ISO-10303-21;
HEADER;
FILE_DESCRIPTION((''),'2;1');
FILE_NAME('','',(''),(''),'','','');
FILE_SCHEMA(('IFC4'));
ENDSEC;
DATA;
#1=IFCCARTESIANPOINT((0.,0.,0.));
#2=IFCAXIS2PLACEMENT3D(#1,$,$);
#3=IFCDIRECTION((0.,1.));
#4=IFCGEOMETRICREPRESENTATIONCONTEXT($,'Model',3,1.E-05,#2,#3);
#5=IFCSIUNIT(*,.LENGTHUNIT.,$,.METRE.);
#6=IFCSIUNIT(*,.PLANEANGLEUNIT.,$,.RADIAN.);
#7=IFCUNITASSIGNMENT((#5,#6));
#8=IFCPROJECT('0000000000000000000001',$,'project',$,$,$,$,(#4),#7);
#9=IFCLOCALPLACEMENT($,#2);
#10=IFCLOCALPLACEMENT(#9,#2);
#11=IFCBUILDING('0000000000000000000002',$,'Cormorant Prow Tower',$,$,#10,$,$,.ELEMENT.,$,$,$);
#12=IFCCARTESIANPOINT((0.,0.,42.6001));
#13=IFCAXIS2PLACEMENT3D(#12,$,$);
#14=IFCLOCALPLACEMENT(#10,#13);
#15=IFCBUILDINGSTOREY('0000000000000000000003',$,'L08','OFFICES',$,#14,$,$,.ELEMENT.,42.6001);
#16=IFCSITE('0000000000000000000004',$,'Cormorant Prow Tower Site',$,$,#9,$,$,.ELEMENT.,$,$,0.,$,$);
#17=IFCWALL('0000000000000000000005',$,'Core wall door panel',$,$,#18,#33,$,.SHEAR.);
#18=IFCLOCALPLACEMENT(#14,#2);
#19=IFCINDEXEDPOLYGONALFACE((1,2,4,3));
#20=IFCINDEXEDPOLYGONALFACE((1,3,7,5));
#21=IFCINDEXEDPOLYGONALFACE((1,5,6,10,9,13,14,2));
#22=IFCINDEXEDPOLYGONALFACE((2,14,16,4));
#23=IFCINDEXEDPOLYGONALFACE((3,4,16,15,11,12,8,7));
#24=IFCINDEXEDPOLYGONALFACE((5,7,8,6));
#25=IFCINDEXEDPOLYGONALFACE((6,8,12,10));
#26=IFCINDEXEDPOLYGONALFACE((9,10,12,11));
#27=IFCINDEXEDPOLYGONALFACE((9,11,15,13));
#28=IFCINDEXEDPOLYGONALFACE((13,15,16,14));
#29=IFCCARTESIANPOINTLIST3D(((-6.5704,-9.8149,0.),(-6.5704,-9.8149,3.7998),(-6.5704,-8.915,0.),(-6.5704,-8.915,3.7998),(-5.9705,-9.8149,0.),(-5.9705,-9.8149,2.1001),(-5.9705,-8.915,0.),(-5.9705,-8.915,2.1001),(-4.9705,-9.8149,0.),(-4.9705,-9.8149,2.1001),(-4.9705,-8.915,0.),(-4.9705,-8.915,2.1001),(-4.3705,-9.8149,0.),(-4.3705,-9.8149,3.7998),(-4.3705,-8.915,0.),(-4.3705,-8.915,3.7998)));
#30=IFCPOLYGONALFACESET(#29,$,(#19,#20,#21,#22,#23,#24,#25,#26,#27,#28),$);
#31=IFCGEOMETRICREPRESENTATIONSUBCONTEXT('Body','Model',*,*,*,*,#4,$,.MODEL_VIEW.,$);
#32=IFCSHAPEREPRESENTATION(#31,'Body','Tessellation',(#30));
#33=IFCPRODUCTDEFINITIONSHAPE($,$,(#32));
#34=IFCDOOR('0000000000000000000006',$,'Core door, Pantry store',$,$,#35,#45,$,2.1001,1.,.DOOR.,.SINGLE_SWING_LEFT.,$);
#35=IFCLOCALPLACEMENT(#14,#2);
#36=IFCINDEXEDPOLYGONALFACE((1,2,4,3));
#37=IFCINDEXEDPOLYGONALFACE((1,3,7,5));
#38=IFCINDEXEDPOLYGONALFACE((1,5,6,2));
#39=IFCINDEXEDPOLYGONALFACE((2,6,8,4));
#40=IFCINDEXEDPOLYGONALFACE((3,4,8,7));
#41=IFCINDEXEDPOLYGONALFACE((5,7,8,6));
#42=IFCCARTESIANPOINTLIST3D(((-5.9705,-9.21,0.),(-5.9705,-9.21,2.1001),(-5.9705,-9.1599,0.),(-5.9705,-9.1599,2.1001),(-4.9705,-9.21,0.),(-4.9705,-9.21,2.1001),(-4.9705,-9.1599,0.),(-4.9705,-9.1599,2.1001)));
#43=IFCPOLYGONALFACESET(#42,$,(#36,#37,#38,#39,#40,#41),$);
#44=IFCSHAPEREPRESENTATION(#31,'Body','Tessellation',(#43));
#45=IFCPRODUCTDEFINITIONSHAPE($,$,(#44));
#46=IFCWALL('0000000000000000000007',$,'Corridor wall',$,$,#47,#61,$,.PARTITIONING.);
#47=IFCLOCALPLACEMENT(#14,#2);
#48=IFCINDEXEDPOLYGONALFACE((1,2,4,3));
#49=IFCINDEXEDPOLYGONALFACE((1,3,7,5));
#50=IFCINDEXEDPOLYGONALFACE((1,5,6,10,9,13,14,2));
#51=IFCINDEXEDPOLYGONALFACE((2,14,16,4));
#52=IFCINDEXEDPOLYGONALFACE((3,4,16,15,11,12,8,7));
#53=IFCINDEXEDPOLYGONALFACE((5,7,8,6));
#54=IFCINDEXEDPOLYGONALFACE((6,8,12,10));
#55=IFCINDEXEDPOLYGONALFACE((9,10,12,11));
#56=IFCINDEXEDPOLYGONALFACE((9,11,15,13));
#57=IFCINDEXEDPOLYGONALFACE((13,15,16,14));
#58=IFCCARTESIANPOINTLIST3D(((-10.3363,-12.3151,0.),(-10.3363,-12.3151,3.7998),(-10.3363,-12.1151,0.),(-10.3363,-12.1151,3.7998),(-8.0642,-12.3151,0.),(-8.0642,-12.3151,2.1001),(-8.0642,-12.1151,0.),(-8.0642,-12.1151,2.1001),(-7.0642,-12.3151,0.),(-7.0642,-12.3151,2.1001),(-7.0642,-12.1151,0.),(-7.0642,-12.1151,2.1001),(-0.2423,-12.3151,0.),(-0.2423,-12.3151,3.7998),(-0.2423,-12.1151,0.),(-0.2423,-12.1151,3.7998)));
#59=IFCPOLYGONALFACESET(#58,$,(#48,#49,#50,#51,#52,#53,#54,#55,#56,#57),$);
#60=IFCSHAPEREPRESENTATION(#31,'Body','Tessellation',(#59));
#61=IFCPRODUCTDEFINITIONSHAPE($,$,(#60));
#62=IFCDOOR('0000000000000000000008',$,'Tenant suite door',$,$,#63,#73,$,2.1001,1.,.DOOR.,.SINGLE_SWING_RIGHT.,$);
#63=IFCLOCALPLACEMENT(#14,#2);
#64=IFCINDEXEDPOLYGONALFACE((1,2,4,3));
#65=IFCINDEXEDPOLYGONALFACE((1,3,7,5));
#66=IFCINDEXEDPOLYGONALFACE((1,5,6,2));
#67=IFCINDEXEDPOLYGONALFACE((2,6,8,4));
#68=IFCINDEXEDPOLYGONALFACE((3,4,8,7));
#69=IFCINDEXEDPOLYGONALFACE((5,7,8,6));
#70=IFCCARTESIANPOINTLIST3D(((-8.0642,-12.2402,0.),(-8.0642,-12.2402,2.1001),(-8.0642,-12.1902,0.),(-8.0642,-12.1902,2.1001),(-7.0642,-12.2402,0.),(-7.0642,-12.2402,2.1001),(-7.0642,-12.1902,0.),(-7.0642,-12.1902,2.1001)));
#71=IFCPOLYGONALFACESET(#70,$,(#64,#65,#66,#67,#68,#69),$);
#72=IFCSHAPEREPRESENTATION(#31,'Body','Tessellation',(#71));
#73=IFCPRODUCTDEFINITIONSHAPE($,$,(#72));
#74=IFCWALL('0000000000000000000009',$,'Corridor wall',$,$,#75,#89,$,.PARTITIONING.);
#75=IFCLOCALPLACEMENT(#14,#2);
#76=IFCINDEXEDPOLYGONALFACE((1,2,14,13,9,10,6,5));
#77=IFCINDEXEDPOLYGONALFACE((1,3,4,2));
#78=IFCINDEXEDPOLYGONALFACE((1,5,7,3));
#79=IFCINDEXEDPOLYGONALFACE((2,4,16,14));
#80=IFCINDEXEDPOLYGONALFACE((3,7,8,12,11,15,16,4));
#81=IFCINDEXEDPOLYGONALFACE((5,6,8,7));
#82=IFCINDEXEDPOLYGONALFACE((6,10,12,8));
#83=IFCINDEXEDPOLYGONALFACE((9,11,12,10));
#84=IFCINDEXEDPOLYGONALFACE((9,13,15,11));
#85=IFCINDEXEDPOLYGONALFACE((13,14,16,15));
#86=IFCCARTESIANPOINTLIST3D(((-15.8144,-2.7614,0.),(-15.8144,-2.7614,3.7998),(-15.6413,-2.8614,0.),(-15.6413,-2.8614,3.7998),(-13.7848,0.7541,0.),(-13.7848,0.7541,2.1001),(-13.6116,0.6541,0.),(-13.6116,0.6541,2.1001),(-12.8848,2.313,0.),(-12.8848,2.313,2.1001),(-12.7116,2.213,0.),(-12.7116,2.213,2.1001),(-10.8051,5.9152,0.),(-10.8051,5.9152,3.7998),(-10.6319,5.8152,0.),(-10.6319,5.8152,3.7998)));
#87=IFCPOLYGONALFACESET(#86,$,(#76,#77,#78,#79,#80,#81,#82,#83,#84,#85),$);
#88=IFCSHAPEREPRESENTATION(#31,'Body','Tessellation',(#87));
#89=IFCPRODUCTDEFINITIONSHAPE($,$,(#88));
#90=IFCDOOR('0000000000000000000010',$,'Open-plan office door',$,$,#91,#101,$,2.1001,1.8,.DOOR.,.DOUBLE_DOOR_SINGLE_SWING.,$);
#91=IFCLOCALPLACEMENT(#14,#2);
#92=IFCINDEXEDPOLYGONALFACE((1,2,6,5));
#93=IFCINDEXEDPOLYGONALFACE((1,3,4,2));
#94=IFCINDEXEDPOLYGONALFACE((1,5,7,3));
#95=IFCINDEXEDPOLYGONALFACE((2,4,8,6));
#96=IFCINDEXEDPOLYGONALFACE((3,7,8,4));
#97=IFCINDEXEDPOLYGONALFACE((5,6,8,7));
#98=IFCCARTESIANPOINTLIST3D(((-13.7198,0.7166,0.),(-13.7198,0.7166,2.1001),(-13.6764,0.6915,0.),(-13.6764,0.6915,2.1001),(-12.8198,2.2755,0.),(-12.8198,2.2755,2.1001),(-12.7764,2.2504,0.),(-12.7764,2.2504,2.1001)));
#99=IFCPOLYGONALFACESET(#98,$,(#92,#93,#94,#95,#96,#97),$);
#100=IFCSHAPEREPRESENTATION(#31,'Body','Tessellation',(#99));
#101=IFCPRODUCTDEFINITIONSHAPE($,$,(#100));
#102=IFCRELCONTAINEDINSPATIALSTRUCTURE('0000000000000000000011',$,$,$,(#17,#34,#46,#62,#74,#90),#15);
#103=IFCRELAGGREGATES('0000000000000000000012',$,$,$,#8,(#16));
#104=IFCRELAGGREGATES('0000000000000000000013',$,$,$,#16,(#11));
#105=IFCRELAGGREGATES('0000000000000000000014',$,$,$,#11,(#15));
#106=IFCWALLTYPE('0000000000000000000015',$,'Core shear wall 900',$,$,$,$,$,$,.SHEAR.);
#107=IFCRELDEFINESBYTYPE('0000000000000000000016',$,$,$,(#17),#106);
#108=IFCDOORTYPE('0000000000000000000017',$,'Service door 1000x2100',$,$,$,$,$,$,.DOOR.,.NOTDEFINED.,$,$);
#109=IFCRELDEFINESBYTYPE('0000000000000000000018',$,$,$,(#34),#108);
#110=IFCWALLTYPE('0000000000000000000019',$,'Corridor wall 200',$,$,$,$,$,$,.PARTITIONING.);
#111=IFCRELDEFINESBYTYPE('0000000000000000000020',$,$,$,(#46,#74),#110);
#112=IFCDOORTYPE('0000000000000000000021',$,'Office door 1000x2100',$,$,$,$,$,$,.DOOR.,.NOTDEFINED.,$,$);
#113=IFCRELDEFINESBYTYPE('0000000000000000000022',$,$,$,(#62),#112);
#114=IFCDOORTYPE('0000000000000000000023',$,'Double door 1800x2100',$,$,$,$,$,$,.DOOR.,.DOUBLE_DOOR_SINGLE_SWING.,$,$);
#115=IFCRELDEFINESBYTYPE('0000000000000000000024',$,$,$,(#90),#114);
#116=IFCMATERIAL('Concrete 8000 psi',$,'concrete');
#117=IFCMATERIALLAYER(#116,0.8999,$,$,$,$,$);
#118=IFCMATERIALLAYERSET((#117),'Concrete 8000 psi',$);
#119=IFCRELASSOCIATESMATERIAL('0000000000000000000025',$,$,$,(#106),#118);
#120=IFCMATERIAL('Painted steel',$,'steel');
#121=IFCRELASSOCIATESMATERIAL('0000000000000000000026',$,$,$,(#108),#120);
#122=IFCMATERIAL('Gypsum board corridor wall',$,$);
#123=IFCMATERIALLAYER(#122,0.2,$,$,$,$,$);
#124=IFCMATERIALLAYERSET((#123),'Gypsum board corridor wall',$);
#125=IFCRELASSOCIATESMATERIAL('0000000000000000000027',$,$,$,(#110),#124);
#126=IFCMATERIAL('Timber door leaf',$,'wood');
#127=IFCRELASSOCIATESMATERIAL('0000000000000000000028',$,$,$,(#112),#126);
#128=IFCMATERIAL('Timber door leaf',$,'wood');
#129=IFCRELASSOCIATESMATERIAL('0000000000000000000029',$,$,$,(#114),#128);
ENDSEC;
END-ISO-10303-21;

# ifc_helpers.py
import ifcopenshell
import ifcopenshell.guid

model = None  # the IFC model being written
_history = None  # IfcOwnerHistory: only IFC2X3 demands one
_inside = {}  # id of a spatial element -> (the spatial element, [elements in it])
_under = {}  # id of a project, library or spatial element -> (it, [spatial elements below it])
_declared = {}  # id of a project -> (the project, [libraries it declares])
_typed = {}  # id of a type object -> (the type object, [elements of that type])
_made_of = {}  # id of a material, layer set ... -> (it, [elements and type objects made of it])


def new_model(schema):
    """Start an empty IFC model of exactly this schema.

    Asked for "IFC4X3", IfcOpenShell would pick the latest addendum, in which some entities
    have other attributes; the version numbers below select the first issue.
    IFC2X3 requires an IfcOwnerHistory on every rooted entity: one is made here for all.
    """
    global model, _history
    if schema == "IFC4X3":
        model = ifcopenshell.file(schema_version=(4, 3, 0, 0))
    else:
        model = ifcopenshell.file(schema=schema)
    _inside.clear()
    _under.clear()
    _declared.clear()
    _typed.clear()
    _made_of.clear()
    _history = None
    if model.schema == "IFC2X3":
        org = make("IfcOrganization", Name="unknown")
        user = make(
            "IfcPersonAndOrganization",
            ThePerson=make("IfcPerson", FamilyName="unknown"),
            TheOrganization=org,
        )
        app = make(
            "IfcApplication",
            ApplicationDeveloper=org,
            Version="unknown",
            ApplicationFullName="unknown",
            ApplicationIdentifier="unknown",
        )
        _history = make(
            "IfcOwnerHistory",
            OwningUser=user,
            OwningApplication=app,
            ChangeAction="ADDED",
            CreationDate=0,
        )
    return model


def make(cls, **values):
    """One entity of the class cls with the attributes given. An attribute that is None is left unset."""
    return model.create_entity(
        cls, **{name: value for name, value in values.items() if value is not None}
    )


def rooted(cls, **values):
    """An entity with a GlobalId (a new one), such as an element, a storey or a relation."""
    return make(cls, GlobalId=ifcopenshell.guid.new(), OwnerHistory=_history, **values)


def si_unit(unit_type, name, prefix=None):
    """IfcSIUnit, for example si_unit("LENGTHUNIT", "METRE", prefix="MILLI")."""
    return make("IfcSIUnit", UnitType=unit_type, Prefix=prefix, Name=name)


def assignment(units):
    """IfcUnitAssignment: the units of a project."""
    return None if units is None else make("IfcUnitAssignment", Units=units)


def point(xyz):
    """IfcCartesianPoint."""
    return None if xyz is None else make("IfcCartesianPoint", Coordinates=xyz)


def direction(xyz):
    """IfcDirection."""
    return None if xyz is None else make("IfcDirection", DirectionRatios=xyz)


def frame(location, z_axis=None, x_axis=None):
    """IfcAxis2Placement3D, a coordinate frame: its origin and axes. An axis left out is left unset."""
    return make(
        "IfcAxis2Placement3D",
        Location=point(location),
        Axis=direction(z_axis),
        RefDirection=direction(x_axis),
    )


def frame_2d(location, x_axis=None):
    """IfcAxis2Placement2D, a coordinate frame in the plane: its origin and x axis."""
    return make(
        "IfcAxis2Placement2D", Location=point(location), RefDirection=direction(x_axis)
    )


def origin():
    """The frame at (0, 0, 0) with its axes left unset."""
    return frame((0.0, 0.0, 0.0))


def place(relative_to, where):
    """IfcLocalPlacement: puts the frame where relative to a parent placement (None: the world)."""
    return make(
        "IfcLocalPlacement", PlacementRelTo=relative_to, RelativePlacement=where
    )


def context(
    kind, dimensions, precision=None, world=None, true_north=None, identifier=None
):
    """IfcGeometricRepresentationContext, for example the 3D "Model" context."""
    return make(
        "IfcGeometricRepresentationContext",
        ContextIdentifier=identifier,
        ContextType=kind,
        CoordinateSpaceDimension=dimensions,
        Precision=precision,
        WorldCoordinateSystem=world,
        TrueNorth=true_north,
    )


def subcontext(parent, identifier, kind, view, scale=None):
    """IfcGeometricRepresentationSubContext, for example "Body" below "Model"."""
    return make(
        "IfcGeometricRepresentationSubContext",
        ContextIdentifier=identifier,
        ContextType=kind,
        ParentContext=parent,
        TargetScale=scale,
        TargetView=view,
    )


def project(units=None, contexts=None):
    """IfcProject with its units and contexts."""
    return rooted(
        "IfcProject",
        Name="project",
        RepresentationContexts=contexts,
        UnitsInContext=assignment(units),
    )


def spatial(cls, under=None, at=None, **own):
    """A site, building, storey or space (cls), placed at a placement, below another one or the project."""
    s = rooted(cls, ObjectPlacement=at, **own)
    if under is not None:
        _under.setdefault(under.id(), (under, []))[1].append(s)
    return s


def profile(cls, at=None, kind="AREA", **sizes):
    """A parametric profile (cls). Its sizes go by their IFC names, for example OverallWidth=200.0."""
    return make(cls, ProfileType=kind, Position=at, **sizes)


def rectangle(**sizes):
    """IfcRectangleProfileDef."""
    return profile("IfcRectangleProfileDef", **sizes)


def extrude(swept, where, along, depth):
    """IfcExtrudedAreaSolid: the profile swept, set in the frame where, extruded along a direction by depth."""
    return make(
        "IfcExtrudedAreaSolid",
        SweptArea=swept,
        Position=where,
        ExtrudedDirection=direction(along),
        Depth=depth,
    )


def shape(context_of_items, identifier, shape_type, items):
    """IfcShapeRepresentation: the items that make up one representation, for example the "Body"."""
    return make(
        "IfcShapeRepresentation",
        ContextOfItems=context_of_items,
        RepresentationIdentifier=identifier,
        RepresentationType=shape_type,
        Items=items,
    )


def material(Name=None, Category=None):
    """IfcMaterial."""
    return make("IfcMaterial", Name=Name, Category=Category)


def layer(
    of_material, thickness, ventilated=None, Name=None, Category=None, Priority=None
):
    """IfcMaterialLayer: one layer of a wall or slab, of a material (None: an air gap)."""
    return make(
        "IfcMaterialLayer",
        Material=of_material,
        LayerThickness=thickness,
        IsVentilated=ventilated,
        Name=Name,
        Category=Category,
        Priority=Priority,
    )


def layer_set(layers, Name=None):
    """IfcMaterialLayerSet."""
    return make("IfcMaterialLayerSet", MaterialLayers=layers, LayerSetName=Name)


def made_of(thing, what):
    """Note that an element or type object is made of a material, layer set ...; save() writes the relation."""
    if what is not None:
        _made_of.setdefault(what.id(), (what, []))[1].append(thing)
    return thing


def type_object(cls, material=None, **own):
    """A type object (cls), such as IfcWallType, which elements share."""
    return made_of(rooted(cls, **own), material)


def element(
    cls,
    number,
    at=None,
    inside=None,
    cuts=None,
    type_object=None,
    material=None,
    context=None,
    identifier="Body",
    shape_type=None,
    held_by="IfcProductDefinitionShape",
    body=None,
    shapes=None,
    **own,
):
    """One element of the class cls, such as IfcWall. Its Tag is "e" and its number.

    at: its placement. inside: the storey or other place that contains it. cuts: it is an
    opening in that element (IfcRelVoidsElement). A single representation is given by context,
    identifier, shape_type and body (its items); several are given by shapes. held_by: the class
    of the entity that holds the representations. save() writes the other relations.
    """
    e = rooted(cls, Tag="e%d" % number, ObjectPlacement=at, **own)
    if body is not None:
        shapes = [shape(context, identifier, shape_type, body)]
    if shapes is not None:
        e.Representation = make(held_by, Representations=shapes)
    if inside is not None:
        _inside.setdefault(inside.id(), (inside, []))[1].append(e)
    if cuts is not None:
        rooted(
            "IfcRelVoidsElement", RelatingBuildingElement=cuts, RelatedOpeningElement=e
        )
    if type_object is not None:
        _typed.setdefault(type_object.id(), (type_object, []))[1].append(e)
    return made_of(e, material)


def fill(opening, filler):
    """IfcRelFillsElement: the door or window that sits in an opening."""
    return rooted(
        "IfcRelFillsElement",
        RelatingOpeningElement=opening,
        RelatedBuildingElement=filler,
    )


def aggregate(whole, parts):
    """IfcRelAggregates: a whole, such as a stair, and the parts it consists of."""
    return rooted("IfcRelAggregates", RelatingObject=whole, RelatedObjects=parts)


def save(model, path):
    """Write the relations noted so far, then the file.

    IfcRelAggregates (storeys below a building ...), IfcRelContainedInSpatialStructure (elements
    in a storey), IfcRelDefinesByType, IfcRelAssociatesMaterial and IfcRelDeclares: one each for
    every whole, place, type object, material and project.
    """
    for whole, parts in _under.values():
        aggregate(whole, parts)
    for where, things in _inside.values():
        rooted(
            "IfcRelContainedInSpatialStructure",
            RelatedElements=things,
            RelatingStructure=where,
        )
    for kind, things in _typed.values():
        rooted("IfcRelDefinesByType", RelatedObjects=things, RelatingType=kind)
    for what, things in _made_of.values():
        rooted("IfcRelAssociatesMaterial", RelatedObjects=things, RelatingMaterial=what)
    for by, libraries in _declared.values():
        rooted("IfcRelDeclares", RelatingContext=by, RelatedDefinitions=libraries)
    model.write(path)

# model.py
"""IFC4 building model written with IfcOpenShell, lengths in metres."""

from ifc_helpers import new_model, si_unit, direction, frame, frame_2d, origin, place, context, subcontext, project, spatial, rectangle, extrude, material, layer, layer_set, type_object, element, fill, save


model = new_model("IFC4")

# Units and contexts
model_context = context("Model", 3, precision=1e-05, world=origin(), true_north=direction((0.0, 1.0)))
body_context = subcontext(model_context, "Body", "Model", "MODEL_VIEW")
ifc_project = project(units=[si_unit("LENGTHUNIT", "METRE"), si_unit("PLANEANGLEUNIT", "RADIAN")], contexts=[model_context])

# Site, building, storey
site_placement = place(None, origin())
site = spatial("IfcSite", under=ifc_project, at=site_placement, Name="Cormorant Prow Tower Site", CompositionType="ELEMENT", RefElevation=0.0)
building_placement = place(site_placement, origin())
building = spatial("IfcBuilding", under=site, at=building_placement, Name="Cormorant Prow Tower", CompositionType="ELEMENT")
storey_placement = place(building_placement, frame((0.0, 0.0, 42.6001)))
storey = spatial("IfcBuildingStorey", under=building, at=storey_placement, Name="L08", Description="OFFICES", CompositionType="ELEMENT", Elevation=42.6001)

# Shared definitions
ifc_material_1 = material(Name="Concrete 8000 psi", Category="concrete")
ifc_layer_1 = layer(ifc_material_1, 0.8999)
ifc_layer_set_1 = layer_set([ifc_layer_1], Name="Concrete 8000 psi")
wall_type_1 = type_object("IfcWallType", Name="Core shear wall 900", PredefinedType="SHEAR", material=ifc_layer_set_1)

# Walls, openings, doors
wall_1_placement = place(storey_placement, frame((-6.5706, -9.365, 0.0), z_axis=(0.0, 0.0, 1.0), x_axis=(1.0, 0.0, 0.0)))
wall_1 = element("IfcWall", 1, at=wall_1_placement, inside=storey, type_object=wall_type_1, Name="Core wall door panel", PredefinedType="SHEAR", context=body_context, shape_type="SweptSolid", body=[
    extrude(rectangle(XDim=2.2, YDim=0.8999, at=frame_2d((1.1001, 0.0))), origin(), (0.0, 0.0, 1.0), 3.7998),
])
opening_1_placement = place(wall_1_placement, frame((0.6001, 0.0, 0.0)))
opening_1 = element("IfcOpeningElement", 2, at=opening_1_placement, cuts=wall_1, PredefinedType="OPENING", context=body_context, shape_type="SweptSolid", body=[
    extrude(rectangle(XDim=1.0, YDim=2.1001, at=frame_2d((0.5, 1.05))), frame((0.0, 0.46, 0.0), z_axis=(0.0, -1.0, 0.0), x_axis=(1.0, 0.0, 0.0)), (0.0, 0.0, 1.0), 0.9199),
])
ifc_material_2 = material(Name="Painted steel", Category="steel")
door_type_1 = type_object("IfcDoorType", Name="Service door 1000x2100", OperationType="NOTDEFINED", PredefinedType="DOOR", material=ifc_material_2)
door_1_placement = place(opening_1_placement, origin())
door_1 = element("IfcDoor", 3, at=door_1_placement, inside=storey, type_object=door_type_1, Name="Core door, Pantry store", OperationType="SINGLE_SWING_LEFT", OverallHeight=2.1001, OverallWidth=1.0, PredefinedType="DOOR", context=body_context, shape_type="SweptSolid", body=[
    extrude(rectangle(XDim=1.0, YDim=2.1001, at=frame_2d((0.5, 1.05))), frame((0.0, 0.2051, 0.0), z_axis=(0.0, -1.0, 0.0), x_axis=(1.0, 0.0, 0.0)), (0.0, 0.0, 1.0), 0.05),
])
fill(opening_1, door_1)
ifc_material_3 = material(Name="Gypsum board corridor wall")
ifc_layer_2 = layer(ifc_material_3, 0.2)
ifc_layer_set_2 = layer_set([ifc_layer_2], Name="Gypsum board corridor wall")
wall_type_2 = type_object("IfcWallType", Name="Corridor wall 200", PredefinedType="PARTITIONING", material=ifc_layer_set_2)
wall_2_placement = place(storey_placement, frame((-10.3362, -12.2151, 0.0), z_axis=(0.0, 0.0, 1.0), x_axis=(1.0, 0.0, 0.0)))
wall_2 = element("IfcWall", 4, at=wall_2_placement, inside=storey, type_object=wall_type_2, Name="Corridor wall", PredefinedType="PARTITIONING", context=body_context, shape_type="SweptSolid", body=[
    extrude(rectangle(XDim=10.094, YDim=0.2, at=frame_2d((5.0469, 0.0))), origin(), (0.0, 0.0, 1.0), 3.7998),
])
opening_2_placement = place(wall_2_placement, frame((2.272, 0.0, 0.0)))
opening_2 = element("IfcOpeningElement", 5, at=opening_2_placement, cuts=wall_2, PredefinedType="OPENING", context=body_context, shape_type="SweptSolid", body=[
    extrude(rectangle(XDim=1.0, YDim=2.1001, at=frame_2d((0.5, 1.05))), frame((0.0, 0.1099, 0.0), z_axis=(0.0, -1.0, 0.0), x_axis=(1.0, 0.0, 0.0)), (0.0, 0.0, 1.0), 0.22),
])
ifc_material_4 = material(Name="Timber door leaf", Category="wood")
door_type_2 = type_object("IfcDoorType", Name="Office door 1000x2100", OperationType="NOTDEFINED", PredefinedType="DOOR", material=ifc_material_4)
door_2_placement = place(opening_2_placement, origin())
door_2 = element("IfcDoor", 6, at=door_2_placement, inside=storey, type_object=door_type_2, Name="Tenant suite door", OperationType="SINGLE_SWING_RIGHT", OverallHeight=2.1001, OverallWidth=1.0, PredefinedType="DOOR", context=body_context, shape_type="SweptSolid", body=[
    extrude(rectangle(XDim=1.0, YDim=2.1001, at=frame_2d((0.5, 1.05))), frame((0.0, 0.0249, 0.0), z_axis=(0.0, -1.0, 0.0), x_axis=(1.0, 0.0, 0.0)), (0.0, 0.0, 1.0), 0.05),
])
fill(opening_2, door_2)
wall_3_placement = place(storey_placement, frame((-15.7278, -2.8113, 0.0), z_axis=(0.0, 0.0, 1.0), x_axis=(0.499992, 0.86603, 0.0)))
wall_3 = element("IfcWall", 7, at=wall_3_placement, inside=storey, type_object=wall_type_2, Name="Corridor wall", PredefinedType="PARTITIONING", context=body_context, shape_type="SweptSolid", body=[
    extrude(rectangle(XDim=10.0188, YDim=0.2, at=frame_2d((5.0093, 0.0))), origin(), (0.0, 0.0, 1.0), 3.7998),
])
opening_3_placement = place(wall_3_placement, frame((4.0593, 0.0, 0.0)))
opening_3 = element("IfcOpeningElement", 8, at=opening_3_placement, cuts=wall_3, PredefinedType="OPENING", context=body_context, shape_type="SweptSolid", body=[
    extrude(rectangle(XDim=1.8, YDim=2.1001, at=frame_2d((0.8999, 1.05))), frame((0.0, 0.1099, 0.0), z_axis=(0.0, -1.0, 0.0), x_axis=(1.0, 0.0, 0.0)), (0.0, 0.0, 1.0), 0.22),
])
ifc_material_5 = material(Name="Timber door leaf", Category="wood")
door_type_3 = type_object("IfcDoorType", Name="Double door 1800x2100", OperationType="DOUBLE_DOOR_SINGLE_SWING", PredefinedType="DOOR", material=ifc_material_5)
door_3_placement = place(opening_3_placement, origin())
door_3 = element("IfcDoor", 9, at=door_3_placement, inside=storey, type_object=door_type_3, Name="Open-plan office door", OperationType="DOUBLE_DOOR_SINGLE_SWING", OverallHeight=2.1001, OverallWidth=1.8, PredefinedType="DOOR", context=body_context, shape_type="SweptSolid", body=[
    extrude(rectangle(XDim=1.8, YDim=2.1001, at=frame_2d((0.8999, 1.05))), frame((0.0, 0.0249, 0.0), z_axis=(0.0, -1.0, 0.0), x_axis=(1.0, 0.0, 0.0)), (0.0, 0.0, 1.0), 0.05),
])
fill(opening_3, door_3)

save(model, "model.ifc")
